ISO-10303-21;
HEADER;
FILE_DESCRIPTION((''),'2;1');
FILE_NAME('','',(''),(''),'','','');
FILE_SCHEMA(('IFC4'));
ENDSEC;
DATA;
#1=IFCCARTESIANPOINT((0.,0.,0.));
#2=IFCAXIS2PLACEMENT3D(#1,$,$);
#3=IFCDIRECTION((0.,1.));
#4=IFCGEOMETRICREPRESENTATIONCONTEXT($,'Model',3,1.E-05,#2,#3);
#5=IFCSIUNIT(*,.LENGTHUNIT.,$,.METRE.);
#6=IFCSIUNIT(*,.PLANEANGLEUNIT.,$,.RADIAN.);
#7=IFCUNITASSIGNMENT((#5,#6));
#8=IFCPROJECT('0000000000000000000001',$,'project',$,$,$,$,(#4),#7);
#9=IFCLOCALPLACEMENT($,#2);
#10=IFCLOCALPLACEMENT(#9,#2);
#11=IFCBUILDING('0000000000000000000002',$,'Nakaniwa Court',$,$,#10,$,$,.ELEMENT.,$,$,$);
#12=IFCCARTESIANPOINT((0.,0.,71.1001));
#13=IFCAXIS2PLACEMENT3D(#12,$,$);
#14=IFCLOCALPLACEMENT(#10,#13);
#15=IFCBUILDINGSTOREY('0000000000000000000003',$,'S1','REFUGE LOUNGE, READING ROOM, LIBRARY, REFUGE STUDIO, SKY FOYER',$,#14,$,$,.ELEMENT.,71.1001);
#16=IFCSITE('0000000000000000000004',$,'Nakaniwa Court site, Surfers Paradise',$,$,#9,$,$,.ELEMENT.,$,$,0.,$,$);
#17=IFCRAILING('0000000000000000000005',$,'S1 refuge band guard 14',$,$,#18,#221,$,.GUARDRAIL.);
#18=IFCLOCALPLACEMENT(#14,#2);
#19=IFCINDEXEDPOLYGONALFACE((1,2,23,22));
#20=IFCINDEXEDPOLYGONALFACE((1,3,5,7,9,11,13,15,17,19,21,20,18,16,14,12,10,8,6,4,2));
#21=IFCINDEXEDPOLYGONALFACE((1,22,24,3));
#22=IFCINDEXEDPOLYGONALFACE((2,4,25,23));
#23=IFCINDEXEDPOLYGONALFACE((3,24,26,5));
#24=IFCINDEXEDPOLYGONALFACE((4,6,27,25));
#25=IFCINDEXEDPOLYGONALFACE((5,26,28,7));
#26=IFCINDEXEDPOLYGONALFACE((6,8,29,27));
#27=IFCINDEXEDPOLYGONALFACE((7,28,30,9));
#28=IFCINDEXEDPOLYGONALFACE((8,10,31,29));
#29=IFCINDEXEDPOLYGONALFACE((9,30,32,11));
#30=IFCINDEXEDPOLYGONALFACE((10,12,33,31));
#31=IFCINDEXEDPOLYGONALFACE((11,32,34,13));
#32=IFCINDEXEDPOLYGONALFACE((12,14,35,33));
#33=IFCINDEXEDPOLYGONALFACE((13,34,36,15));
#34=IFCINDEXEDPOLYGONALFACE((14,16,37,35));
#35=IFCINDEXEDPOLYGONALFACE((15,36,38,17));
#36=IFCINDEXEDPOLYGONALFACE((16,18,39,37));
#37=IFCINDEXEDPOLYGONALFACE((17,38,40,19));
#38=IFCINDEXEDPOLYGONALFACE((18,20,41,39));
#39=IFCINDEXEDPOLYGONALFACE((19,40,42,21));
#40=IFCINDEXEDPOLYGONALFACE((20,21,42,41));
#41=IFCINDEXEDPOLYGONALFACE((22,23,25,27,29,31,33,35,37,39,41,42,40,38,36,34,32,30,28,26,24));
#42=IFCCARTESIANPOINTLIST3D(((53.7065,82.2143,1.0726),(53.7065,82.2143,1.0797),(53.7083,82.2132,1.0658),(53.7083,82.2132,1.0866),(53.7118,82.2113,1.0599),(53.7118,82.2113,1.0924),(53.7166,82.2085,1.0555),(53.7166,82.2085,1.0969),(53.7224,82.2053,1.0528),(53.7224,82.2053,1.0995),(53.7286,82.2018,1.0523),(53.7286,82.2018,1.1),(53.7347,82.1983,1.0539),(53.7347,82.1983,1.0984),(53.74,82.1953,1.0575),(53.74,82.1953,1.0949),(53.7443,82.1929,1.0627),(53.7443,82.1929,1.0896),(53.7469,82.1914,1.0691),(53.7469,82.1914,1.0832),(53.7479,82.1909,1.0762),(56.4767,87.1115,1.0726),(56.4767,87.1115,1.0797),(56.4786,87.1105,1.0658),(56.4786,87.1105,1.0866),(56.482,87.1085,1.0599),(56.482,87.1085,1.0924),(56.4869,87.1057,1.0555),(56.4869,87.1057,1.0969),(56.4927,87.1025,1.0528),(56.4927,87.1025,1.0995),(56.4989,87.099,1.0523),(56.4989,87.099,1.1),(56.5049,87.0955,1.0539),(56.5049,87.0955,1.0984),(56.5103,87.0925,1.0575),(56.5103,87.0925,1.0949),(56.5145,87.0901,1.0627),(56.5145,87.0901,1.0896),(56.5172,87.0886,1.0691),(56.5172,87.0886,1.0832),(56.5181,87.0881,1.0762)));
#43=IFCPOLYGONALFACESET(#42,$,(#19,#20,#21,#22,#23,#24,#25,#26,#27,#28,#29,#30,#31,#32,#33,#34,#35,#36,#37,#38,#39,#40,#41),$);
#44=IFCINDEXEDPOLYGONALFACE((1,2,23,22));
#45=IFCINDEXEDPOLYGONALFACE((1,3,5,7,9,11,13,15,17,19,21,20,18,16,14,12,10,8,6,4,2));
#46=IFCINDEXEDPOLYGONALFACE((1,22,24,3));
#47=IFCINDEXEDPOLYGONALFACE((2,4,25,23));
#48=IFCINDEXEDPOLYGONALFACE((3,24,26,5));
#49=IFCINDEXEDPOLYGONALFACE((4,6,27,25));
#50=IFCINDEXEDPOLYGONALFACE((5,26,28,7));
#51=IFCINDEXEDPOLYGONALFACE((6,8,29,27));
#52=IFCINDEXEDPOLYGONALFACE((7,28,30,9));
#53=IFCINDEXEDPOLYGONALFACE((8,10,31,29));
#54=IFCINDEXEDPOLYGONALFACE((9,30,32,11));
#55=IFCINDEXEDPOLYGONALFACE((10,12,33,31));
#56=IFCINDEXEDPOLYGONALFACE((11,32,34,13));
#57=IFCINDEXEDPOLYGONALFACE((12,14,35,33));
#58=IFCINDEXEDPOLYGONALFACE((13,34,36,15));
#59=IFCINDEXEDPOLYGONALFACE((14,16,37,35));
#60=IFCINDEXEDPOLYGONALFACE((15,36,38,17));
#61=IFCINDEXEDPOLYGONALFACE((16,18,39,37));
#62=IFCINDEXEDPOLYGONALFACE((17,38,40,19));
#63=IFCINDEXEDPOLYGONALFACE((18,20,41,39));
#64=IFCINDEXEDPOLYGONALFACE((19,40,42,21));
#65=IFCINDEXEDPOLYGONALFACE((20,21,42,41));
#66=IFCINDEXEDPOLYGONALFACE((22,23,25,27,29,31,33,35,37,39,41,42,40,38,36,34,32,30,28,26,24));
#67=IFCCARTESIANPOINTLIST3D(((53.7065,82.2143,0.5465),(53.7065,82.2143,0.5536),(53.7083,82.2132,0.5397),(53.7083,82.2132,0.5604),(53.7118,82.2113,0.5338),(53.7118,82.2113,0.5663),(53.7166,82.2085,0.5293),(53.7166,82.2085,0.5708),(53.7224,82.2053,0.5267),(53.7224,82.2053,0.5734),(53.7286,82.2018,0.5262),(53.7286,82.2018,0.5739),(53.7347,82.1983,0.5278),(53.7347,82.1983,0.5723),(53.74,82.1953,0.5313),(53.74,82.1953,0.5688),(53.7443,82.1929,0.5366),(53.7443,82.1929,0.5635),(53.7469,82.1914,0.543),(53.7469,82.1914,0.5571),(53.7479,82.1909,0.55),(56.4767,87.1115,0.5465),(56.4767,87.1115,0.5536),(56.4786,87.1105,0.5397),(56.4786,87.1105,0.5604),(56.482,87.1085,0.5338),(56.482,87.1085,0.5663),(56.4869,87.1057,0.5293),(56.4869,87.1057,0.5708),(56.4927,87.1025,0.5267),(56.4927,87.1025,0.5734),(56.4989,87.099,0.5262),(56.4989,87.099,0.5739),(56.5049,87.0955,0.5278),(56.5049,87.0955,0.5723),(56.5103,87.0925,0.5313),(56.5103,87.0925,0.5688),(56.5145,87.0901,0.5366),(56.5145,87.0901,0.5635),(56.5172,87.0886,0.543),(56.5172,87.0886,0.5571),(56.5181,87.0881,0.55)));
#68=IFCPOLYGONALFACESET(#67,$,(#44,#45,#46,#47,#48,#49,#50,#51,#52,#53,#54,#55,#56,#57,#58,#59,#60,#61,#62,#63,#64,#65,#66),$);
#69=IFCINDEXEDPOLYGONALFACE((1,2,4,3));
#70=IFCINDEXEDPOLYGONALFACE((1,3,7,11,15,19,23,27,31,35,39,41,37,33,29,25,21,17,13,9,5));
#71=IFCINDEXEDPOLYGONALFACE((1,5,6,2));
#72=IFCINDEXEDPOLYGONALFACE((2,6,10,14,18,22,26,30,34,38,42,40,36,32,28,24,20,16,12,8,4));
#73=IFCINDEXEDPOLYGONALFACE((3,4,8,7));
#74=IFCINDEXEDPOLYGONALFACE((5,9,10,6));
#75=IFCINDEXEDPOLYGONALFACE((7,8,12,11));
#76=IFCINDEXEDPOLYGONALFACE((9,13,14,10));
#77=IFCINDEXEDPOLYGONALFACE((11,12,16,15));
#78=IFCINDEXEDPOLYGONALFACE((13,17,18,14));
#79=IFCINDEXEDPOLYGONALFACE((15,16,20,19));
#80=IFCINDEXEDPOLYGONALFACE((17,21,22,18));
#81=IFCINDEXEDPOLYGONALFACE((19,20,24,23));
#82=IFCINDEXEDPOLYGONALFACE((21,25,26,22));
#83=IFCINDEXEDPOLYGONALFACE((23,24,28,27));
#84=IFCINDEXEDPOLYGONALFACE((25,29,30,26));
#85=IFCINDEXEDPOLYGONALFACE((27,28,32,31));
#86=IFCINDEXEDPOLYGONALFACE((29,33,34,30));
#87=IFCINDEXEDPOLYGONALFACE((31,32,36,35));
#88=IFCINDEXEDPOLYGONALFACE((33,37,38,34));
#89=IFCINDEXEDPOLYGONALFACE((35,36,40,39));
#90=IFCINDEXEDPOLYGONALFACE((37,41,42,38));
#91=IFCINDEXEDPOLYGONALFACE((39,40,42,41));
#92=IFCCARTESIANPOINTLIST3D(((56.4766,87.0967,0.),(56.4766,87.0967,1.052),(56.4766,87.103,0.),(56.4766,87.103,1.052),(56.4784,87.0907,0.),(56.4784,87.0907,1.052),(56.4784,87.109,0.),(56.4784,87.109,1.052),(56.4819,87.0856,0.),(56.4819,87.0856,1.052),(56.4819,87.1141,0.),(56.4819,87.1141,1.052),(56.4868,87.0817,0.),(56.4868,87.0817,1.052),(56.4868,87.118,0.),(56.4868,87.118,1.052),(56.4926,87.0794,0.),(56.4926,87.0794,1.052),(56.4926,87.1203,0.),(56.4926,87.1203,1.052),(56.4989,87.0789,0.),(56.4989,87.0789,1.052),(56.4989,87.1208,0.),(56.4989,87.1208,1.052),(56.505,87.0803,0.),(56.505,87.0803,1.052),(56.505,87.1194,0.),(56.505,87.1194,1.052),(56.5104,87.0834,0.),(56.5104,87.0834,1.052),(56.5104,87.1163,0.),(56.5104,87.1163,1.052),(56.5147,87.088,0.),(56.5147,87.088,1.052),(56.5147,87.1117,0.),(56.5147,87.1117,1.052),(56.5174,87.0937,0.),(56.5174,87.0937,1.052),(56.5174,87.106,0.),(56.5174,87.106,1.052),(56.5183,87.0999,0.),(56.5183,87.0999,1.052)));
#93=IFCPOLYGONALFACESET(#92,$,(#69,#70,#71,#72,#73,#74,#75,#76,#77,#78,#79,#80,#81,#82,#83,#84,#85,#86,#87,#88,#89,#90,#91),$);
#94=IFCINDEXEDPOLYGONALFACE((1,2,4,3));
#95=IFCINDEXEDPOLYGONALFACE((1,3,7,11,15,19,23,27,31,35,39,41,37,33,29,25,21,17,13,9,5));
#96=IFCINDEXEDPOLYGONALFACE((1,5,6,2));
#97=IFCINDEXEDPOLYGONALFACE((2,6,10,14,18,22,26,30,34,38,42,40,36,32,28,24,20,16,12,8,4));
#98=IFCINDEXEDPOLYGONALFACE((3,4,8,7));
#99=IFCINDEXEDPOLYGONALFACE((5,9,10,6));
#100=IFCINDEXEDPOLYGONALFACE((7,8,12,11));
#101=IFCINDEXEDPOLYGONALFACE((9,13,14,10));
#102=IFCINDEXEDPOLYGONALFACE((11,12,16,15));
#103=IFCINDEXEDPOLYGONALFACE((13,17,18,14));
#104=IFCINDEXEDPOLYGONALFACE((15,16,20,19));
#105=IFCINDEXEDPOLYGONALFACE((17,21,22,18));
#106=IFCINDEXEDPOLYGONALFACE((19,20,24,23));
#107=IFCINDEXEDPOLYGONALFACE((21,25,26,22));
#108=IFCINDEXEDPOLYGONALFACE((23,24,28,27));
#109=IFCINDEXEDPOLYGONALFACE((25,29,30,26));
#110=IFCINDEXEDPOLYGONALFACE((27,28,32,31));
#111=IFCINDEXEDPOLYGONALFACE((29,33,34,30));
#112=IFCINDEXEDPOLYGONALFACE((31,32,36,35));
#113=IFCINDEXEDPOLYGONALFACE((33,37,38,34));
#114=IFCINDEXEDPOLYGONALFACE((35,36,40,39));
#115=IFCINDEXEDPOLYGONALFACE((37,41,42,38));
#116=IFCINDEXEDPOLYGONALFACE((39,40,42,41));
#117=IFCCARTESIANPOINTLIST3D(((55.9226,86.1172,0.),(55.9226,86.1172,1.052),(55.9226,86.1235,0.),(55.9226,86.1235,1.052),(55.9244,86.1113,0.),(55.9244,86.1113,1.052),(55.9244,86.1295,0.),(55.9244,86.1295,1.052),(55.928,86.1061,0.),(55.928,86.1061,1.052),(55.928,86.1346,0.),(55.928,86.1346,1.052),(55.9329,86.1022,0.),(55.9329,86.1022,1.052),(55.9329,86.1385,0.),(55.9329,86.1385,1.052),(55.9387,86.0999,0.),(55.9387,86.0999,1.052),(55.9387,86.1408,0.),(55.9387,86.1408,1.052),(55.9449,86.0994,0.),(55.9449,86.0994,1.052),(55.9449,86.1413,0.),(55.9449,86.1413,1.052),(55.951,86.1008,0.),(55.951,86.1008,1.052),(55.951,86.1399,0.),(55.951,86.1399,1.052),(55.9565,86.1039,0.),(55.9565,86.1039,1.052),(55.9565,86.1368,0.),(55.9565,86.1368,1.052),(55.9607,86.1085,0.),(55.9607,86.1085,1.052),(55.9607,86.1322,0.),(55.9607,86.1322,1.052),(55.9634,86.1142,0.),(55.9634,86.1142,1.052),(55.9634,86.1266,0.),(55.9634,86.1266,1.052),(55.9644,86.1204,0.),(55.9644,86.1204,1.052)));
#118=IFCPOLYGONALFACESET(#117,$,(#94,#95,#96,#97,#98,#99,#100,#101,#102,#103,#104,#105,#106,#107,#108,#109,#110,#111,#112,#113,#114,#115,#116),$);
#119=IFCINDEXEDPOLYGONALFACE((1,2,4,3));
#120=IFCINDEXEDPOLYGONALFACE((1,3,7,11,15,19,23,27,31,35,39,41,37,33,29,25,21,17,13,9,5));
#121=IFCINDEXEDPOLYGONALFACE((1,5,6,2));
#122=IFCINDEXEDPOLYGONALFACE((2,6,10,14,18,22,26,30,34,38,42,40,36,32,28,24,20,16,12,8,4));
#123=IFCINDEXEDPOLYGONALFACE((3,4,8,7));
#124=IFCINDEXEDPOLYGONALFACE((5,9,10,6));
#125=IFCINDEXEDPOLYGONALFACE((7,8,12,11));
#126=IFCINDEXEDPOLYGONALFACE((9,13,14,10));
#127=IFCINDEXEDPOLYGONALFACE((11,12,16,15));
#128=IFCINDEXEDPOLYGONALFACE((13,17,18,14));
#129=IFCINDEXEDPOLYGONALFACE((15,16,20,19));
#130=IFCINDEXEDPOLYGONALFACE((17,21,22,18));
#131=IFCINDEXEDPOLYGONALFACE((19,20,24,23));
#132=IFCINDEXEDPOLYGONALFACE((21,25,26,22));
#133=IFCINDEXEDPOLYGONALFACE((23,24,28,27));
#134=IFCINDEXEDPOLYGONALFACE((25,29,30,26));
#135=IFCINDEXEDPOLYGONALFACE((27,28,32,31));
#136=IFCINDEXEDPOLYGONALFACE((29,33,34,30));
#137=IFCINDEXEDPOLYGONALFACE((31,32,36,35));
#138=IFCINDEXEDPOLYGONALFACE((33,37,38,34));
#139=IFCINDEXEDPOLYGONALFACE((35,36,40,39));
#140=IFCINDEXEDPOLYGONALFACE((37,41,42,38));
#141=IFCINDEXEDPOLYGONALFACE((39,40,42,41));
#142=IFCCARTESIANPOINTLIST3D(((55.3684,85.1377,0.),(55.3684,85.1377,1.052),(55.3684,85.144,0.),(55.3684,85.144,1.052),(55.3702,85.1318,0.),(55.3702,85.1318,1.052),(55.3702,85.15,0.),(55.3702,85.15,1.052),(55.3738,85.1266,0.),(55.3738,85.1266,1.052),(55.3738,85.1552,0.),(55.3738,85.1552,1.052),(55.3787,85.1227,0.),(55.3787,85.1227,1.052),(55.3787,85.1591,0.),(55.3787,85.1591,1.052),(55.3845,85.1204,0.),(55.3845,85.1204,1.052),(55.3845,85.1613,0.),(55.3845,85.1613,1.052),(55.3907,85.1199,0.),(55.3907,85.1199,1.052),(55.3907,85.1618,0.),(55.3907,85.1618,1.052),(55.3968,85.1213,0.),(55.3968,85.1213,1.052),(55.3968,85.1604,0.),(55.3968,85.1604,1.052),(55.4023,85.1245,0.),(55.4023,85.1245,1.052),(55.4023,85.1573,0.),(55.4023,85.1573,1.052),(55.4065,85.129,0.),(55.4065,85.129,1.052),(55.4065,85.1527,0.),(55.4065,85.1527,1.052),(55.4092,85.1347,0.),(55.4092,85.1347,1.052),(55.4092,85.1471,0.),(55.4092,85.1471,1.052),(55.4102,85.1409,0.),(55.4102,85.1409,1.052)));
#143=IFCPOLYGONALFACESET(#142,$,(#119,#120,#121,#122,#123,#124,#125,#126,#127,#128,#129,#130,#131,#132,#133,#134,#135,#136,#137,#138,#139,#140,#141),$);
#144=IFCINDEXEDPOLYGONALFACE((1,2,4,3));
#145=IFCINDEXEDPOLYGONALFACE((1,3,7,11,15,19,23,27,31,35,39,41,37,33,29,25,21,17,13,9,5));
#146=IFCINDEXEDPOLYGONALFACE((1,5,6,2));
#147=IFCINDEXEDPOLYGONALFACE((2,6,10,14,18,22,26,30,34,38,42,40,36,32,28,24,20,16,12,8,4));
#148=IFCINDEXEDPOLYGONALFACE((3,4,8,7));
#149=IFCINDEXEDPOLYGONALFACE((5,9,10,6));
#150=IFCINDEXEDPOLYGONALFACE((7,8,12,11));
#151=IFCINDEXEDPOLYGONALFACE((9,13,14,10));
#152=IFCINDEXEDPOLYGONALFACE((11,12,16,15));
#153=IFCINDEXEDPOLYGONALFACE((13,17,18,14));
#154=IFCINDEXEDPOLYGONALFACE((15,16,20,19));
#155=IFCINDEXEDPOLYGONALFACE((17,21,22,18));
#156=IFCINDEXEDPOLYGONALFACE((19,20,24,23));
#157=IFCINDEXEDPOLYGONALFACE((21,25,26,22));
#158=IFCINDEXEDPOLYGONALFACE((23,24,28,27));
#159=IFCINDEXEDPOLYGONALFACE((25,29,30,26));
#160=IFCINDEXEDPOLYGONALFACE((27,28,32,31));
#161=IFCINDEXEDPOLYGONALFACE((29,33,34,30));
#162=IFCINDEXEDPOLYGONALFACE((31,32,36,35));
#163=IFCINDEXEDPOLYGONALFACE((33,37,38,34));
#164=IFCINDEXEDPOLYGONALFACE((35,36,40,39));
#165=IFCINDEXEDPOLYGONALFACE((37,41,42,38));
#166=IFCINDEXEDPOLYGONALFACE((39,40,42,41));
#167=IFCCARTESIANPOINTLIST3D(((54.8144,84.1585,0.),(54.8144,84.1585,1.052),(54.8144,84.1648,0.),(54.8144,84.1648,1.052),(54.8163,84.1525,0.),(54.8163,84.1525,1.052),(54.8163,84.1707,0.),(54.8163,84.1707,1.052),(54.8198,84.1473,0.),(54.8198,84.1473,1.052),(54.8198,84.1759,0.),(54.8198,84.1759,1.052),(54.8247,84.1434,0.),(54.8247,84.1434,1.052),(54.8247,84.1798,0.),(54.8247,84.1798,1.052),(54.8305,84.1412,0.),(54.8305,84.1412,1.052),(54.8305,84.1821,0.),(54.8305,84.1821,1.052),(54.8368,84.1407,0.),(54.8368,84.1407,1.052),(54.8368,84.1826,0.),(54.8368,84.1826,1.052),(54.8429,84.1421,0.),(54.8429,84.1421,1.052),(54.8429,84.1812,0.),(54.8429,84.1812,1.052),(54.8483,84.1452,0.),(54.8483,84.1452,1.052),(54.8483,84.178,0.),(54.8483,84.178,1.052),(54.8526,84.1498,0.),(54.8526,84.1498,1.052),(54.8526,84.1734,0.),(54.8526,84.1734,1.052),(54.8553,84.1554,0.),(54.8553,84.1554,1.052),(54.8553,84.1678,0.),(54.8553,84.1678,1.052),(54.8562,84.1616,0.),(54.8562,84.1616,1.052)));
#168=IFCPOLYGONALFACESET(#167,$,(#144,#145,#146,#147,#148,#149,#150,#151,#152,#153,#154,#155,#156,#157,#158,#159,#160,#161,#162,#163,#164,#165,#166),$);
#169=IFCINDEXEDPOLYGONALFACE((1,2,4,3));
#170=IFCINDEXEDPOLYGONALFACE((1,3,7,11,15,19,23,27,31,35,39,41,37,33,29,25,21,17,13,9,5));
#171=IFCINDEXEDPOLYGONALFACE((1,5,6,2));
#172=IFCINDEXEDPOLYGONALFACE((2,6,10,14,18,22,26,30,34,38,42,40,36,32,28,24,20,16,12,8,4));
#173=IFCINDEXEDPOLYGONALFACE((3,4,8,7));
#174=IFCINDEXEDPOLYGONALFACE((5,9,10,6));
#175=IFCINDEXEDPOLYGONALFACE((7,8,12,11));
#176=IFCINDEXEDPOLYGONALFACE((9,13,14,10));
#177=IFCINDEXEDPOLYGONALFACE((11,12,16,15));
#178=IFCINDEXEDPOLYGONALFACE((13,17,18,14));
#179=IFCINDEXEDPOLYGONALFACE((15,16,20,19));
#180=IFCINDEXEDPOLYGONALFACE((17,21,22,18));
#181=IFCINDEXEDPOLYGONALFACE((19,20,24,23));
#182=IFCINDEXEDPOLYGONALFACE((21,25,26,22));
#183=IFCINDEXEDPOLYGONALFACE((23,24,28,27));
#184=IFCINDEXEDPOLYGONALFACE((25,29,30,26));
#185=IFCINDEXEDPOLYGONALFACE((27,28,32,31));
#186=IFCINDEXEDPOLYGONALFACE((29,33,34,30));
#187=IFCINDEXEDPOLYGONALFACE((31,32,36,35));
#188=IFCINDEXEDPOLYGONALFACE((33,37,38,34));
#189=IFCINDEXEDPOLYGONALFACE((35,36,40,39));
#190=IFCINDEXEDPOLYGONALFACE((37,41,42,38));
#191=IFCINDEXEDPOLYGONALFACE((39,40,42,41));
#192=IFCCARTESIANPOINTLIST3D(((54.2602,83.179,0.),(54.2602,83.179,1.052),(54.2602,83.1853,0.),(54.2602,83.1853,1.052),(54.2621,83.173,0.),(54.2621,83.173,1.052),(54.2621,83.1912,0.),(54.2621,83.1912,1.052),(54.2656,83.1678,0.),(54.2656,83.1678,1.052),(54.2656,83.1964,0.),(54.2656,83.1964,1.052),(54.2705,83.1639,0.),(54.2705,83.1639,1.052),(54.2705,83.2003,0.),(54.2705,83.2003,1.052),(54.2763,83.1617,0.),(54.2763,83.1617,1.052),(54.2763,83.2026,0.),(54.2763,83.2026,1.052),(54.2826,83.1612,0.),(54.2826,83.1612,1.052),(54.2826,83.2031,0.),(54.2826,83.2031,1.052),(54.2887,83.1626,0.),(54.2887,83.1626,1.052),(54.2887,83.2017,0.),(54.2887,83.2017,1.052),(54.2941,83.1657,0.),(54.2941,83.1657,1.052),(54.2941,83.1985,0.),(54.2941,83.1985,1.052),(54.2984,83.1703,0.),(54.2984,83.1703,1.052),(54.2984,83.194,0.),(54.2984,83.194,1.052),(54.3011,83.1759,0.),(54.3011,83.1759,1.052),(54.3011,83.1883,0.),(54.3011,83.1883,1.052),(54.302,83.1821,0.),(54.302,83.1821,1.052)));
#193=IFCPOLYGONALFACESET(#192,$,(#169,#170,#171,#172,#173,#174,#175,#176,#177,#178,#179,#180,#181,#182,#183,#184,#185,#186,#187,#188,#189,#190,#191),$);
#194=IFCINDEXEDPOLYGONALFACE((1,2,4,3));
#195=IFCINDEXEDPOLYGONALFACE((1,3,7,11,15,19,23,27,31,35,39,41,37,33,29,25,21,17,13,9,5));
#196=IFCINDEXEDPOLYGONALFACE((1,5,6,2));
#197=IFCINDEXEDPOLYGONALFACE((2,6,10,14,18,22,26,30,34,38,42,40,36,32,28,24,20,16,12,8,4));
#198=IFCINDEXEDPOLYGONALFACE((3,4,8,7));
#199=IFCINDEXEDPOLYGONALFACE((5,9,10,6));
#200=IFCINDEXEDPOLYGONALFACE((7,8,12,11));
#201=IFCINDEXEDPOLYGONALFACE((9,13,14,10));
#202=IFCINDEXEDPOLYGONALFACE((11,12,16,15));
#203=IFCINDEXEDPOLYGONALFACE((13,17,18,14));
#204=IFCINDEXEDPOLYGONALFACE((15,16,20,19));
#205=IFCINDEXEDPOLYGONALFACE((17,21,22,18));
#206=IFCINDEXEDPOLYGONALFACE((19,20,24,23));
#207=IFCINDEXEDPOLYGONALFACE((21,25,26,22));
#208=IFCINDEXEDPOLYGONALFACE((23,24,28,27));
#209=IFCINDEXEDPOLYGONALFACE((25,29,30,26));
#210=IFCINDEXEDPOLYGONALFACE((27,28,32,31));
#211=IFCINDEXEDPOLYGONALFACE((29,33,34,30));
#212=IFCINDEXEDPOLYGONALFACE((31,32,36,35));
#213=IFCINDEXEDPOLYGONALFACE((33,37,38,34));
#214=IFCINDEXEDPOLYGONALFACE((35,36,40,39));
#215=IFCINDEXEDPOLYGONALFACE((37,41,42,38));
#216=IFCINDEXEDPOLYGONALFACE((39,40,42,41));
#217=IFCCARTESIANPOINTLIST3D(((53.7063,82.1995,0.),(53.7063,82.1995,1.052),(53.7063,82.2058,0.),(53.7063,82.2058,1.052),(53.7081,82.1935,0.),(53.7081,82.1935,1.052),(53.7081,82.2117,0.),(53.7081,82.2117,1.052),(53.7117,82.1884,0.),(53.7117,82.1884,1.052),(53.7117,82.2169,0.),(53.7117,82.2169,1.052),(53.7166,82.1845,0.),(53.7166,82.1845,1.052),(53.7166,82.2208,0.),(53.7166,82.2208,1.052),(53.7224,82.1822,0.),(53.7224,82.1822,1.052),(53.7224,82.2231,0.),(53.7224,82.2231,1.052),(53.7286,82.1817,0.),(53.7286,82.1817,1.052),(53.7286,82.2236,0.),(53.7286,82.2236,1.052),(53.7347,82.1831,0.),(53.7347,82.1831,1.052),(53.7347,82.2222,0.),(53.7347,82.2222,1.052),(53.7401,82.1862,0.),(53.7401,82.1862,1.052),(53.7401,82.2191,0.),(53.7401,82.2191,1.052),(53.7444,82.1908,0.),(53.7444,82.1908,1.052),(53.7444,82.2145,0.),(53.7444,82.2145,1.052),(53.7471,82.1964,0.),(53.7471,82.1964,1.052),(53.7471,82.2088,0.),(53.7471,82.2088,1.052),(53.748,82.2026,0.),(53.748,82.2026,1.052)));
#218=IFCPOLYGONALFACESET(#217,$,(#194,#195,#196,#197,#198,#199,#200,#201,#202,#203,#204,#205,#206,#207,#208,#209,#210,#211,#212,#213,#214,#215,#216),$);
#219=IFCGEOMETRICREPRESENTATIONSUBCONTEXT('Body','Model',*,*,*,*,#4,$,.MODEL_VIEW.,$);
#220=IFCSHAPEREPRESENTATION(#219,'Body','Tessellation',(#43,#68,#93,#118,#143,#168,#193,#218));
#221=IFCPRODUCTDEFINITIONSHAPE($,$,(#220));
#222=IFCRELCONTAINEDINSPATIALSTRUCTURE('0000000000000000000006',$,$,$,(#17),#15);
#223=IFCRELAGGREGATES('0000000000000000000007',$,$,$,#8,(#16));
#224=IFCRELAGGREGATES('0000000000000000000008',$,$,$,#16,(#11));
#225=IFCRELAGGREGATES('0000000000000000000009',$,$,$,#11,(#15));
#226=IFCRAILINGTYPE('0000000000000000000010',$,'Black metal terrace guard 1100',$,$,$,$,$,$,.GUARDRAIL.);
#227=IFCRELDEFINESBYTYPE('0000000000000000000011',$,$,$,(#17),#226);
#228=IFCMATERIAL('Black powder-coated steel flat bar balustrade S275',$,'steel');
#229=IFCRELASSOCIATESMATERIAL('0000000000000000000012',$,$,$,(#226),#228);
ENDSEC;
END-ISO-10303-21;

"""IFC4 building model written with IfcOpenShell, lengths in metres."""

from ifc_helpers import new_model, si_unit, direction, frame, origin, origin_2d, place, context, subcontext, project, spatial, circle, extrude, material, type_object, element, save


model = new_model("IFC4")

# Units and contexts
model_context = context("Model", 3, precision=1e-05, world=origin(), true_north=direction((0.0, 1.0)))
body_context = subcontext(model_context, "Body", "Model", "MODEL_VIEW")
ifc_project = project(units=[si_unit("LENGTHUNIT", "METRE"), si_unit("PLANEANGLEUNIT", "RADIAN")], contexts=[model_context])

# Site, building, storey
site_placement = place(None, origin())
site = spatial("IfcSite", under=ifc_project, at=site_placement, Name="Nakaniwa Court site, Surfers Paradise", CompositionType="ELEMENT", RefElevation=0.0)
building_placement = place(site_placement, origin())
building = spatial("IfcBuilding", under=site, at=building_placement, Name="Nakaniwa Court", CompositionType="ELEMENT")
storey_placement = place(building_placement, frame((0.0, 0.0, 71.1001)))
storey = spatial("IfcBuildingStorey", under=building, at=storey_placement, Name="S1", Description="REFUGE LOUNGE, READING ROOM, LIBRARY, REFUGE STUDIO, SKY FOYER", CompositionType="ELEMENT", Elevation=71.1001)

# Railing
ifc_material_1 = material(Name="Black powder-coated steel flat bar balustrade S275", Category="steel")
railing_type = type_object("IfcRailingType", Name="Black metal terrace guard 1100", PredefinedType="GUARDRAIL", material=ifc_material_1)
railing_placement = place(storey_placement, frame((56.4973, 87.0999, 0.0)))
element("IfcRailing", 1, at=railing_placement, inside=storey, type_object=railing_type, Name="S1 refuge band guard 14", PredefinedType="GUARDRAIL", context=body_context, shape_type="SweptSolid", body=[
    extrude(circle(Radius=0.0239, at=origin_2d()), frame((0.0, 0.0, 1.0762), z_axis=(-0.492363, -0.87039, 0.0), x_axis=(0.87039, -0.492363, 0.0)), (0.0, 0.0, 1.0), 5.6265),
    extrude(circle(Radius=0.0239, at=origin_2d()), frame((0.0, 0.0, 0.55), z_axis=(-0.492363, -0.87039, 0.0), x_axis=(0.87039, -0.492363, 0.0)), (0.0, 0.0, 1.0), 5.6265),
    extrude(circle(Radius=0.021, at=origin_2d()), origin(), (0.0, 0.0, 1.0), 1.052),
    extrude(circle(Radius=0.021, at=origin_2d()), frame((-0.554, -0.9795, 0.0)), (0.0, 0.0, 1.0), 1.052),
    extrude(circle(Radius=0.021, at=origin_2d()), frame((-1.1082, -1.959, 0.0)), (0.0, 0.0, 1.0), 1.052),
    extrude(circle(Radius=0.021, at=origin_2d()), frame((-1.6621, -2.9382, 0.0)), (0.0, 0.0, 1.0), 1.052),
    extrude(circle(Radius=0.021, at=origin_2d()), frame((-2.2163, -3.9177, 0.0)), (0.0, 0.0, 1.0), 1.052),
    extrude(circle(Radius=0.021, at=origin_2d()), frame((-2.7703, -4.8972, 0.0)), (0.0, 0.0, 1.0), 1.052),
])

save(model, "model.ifc")
